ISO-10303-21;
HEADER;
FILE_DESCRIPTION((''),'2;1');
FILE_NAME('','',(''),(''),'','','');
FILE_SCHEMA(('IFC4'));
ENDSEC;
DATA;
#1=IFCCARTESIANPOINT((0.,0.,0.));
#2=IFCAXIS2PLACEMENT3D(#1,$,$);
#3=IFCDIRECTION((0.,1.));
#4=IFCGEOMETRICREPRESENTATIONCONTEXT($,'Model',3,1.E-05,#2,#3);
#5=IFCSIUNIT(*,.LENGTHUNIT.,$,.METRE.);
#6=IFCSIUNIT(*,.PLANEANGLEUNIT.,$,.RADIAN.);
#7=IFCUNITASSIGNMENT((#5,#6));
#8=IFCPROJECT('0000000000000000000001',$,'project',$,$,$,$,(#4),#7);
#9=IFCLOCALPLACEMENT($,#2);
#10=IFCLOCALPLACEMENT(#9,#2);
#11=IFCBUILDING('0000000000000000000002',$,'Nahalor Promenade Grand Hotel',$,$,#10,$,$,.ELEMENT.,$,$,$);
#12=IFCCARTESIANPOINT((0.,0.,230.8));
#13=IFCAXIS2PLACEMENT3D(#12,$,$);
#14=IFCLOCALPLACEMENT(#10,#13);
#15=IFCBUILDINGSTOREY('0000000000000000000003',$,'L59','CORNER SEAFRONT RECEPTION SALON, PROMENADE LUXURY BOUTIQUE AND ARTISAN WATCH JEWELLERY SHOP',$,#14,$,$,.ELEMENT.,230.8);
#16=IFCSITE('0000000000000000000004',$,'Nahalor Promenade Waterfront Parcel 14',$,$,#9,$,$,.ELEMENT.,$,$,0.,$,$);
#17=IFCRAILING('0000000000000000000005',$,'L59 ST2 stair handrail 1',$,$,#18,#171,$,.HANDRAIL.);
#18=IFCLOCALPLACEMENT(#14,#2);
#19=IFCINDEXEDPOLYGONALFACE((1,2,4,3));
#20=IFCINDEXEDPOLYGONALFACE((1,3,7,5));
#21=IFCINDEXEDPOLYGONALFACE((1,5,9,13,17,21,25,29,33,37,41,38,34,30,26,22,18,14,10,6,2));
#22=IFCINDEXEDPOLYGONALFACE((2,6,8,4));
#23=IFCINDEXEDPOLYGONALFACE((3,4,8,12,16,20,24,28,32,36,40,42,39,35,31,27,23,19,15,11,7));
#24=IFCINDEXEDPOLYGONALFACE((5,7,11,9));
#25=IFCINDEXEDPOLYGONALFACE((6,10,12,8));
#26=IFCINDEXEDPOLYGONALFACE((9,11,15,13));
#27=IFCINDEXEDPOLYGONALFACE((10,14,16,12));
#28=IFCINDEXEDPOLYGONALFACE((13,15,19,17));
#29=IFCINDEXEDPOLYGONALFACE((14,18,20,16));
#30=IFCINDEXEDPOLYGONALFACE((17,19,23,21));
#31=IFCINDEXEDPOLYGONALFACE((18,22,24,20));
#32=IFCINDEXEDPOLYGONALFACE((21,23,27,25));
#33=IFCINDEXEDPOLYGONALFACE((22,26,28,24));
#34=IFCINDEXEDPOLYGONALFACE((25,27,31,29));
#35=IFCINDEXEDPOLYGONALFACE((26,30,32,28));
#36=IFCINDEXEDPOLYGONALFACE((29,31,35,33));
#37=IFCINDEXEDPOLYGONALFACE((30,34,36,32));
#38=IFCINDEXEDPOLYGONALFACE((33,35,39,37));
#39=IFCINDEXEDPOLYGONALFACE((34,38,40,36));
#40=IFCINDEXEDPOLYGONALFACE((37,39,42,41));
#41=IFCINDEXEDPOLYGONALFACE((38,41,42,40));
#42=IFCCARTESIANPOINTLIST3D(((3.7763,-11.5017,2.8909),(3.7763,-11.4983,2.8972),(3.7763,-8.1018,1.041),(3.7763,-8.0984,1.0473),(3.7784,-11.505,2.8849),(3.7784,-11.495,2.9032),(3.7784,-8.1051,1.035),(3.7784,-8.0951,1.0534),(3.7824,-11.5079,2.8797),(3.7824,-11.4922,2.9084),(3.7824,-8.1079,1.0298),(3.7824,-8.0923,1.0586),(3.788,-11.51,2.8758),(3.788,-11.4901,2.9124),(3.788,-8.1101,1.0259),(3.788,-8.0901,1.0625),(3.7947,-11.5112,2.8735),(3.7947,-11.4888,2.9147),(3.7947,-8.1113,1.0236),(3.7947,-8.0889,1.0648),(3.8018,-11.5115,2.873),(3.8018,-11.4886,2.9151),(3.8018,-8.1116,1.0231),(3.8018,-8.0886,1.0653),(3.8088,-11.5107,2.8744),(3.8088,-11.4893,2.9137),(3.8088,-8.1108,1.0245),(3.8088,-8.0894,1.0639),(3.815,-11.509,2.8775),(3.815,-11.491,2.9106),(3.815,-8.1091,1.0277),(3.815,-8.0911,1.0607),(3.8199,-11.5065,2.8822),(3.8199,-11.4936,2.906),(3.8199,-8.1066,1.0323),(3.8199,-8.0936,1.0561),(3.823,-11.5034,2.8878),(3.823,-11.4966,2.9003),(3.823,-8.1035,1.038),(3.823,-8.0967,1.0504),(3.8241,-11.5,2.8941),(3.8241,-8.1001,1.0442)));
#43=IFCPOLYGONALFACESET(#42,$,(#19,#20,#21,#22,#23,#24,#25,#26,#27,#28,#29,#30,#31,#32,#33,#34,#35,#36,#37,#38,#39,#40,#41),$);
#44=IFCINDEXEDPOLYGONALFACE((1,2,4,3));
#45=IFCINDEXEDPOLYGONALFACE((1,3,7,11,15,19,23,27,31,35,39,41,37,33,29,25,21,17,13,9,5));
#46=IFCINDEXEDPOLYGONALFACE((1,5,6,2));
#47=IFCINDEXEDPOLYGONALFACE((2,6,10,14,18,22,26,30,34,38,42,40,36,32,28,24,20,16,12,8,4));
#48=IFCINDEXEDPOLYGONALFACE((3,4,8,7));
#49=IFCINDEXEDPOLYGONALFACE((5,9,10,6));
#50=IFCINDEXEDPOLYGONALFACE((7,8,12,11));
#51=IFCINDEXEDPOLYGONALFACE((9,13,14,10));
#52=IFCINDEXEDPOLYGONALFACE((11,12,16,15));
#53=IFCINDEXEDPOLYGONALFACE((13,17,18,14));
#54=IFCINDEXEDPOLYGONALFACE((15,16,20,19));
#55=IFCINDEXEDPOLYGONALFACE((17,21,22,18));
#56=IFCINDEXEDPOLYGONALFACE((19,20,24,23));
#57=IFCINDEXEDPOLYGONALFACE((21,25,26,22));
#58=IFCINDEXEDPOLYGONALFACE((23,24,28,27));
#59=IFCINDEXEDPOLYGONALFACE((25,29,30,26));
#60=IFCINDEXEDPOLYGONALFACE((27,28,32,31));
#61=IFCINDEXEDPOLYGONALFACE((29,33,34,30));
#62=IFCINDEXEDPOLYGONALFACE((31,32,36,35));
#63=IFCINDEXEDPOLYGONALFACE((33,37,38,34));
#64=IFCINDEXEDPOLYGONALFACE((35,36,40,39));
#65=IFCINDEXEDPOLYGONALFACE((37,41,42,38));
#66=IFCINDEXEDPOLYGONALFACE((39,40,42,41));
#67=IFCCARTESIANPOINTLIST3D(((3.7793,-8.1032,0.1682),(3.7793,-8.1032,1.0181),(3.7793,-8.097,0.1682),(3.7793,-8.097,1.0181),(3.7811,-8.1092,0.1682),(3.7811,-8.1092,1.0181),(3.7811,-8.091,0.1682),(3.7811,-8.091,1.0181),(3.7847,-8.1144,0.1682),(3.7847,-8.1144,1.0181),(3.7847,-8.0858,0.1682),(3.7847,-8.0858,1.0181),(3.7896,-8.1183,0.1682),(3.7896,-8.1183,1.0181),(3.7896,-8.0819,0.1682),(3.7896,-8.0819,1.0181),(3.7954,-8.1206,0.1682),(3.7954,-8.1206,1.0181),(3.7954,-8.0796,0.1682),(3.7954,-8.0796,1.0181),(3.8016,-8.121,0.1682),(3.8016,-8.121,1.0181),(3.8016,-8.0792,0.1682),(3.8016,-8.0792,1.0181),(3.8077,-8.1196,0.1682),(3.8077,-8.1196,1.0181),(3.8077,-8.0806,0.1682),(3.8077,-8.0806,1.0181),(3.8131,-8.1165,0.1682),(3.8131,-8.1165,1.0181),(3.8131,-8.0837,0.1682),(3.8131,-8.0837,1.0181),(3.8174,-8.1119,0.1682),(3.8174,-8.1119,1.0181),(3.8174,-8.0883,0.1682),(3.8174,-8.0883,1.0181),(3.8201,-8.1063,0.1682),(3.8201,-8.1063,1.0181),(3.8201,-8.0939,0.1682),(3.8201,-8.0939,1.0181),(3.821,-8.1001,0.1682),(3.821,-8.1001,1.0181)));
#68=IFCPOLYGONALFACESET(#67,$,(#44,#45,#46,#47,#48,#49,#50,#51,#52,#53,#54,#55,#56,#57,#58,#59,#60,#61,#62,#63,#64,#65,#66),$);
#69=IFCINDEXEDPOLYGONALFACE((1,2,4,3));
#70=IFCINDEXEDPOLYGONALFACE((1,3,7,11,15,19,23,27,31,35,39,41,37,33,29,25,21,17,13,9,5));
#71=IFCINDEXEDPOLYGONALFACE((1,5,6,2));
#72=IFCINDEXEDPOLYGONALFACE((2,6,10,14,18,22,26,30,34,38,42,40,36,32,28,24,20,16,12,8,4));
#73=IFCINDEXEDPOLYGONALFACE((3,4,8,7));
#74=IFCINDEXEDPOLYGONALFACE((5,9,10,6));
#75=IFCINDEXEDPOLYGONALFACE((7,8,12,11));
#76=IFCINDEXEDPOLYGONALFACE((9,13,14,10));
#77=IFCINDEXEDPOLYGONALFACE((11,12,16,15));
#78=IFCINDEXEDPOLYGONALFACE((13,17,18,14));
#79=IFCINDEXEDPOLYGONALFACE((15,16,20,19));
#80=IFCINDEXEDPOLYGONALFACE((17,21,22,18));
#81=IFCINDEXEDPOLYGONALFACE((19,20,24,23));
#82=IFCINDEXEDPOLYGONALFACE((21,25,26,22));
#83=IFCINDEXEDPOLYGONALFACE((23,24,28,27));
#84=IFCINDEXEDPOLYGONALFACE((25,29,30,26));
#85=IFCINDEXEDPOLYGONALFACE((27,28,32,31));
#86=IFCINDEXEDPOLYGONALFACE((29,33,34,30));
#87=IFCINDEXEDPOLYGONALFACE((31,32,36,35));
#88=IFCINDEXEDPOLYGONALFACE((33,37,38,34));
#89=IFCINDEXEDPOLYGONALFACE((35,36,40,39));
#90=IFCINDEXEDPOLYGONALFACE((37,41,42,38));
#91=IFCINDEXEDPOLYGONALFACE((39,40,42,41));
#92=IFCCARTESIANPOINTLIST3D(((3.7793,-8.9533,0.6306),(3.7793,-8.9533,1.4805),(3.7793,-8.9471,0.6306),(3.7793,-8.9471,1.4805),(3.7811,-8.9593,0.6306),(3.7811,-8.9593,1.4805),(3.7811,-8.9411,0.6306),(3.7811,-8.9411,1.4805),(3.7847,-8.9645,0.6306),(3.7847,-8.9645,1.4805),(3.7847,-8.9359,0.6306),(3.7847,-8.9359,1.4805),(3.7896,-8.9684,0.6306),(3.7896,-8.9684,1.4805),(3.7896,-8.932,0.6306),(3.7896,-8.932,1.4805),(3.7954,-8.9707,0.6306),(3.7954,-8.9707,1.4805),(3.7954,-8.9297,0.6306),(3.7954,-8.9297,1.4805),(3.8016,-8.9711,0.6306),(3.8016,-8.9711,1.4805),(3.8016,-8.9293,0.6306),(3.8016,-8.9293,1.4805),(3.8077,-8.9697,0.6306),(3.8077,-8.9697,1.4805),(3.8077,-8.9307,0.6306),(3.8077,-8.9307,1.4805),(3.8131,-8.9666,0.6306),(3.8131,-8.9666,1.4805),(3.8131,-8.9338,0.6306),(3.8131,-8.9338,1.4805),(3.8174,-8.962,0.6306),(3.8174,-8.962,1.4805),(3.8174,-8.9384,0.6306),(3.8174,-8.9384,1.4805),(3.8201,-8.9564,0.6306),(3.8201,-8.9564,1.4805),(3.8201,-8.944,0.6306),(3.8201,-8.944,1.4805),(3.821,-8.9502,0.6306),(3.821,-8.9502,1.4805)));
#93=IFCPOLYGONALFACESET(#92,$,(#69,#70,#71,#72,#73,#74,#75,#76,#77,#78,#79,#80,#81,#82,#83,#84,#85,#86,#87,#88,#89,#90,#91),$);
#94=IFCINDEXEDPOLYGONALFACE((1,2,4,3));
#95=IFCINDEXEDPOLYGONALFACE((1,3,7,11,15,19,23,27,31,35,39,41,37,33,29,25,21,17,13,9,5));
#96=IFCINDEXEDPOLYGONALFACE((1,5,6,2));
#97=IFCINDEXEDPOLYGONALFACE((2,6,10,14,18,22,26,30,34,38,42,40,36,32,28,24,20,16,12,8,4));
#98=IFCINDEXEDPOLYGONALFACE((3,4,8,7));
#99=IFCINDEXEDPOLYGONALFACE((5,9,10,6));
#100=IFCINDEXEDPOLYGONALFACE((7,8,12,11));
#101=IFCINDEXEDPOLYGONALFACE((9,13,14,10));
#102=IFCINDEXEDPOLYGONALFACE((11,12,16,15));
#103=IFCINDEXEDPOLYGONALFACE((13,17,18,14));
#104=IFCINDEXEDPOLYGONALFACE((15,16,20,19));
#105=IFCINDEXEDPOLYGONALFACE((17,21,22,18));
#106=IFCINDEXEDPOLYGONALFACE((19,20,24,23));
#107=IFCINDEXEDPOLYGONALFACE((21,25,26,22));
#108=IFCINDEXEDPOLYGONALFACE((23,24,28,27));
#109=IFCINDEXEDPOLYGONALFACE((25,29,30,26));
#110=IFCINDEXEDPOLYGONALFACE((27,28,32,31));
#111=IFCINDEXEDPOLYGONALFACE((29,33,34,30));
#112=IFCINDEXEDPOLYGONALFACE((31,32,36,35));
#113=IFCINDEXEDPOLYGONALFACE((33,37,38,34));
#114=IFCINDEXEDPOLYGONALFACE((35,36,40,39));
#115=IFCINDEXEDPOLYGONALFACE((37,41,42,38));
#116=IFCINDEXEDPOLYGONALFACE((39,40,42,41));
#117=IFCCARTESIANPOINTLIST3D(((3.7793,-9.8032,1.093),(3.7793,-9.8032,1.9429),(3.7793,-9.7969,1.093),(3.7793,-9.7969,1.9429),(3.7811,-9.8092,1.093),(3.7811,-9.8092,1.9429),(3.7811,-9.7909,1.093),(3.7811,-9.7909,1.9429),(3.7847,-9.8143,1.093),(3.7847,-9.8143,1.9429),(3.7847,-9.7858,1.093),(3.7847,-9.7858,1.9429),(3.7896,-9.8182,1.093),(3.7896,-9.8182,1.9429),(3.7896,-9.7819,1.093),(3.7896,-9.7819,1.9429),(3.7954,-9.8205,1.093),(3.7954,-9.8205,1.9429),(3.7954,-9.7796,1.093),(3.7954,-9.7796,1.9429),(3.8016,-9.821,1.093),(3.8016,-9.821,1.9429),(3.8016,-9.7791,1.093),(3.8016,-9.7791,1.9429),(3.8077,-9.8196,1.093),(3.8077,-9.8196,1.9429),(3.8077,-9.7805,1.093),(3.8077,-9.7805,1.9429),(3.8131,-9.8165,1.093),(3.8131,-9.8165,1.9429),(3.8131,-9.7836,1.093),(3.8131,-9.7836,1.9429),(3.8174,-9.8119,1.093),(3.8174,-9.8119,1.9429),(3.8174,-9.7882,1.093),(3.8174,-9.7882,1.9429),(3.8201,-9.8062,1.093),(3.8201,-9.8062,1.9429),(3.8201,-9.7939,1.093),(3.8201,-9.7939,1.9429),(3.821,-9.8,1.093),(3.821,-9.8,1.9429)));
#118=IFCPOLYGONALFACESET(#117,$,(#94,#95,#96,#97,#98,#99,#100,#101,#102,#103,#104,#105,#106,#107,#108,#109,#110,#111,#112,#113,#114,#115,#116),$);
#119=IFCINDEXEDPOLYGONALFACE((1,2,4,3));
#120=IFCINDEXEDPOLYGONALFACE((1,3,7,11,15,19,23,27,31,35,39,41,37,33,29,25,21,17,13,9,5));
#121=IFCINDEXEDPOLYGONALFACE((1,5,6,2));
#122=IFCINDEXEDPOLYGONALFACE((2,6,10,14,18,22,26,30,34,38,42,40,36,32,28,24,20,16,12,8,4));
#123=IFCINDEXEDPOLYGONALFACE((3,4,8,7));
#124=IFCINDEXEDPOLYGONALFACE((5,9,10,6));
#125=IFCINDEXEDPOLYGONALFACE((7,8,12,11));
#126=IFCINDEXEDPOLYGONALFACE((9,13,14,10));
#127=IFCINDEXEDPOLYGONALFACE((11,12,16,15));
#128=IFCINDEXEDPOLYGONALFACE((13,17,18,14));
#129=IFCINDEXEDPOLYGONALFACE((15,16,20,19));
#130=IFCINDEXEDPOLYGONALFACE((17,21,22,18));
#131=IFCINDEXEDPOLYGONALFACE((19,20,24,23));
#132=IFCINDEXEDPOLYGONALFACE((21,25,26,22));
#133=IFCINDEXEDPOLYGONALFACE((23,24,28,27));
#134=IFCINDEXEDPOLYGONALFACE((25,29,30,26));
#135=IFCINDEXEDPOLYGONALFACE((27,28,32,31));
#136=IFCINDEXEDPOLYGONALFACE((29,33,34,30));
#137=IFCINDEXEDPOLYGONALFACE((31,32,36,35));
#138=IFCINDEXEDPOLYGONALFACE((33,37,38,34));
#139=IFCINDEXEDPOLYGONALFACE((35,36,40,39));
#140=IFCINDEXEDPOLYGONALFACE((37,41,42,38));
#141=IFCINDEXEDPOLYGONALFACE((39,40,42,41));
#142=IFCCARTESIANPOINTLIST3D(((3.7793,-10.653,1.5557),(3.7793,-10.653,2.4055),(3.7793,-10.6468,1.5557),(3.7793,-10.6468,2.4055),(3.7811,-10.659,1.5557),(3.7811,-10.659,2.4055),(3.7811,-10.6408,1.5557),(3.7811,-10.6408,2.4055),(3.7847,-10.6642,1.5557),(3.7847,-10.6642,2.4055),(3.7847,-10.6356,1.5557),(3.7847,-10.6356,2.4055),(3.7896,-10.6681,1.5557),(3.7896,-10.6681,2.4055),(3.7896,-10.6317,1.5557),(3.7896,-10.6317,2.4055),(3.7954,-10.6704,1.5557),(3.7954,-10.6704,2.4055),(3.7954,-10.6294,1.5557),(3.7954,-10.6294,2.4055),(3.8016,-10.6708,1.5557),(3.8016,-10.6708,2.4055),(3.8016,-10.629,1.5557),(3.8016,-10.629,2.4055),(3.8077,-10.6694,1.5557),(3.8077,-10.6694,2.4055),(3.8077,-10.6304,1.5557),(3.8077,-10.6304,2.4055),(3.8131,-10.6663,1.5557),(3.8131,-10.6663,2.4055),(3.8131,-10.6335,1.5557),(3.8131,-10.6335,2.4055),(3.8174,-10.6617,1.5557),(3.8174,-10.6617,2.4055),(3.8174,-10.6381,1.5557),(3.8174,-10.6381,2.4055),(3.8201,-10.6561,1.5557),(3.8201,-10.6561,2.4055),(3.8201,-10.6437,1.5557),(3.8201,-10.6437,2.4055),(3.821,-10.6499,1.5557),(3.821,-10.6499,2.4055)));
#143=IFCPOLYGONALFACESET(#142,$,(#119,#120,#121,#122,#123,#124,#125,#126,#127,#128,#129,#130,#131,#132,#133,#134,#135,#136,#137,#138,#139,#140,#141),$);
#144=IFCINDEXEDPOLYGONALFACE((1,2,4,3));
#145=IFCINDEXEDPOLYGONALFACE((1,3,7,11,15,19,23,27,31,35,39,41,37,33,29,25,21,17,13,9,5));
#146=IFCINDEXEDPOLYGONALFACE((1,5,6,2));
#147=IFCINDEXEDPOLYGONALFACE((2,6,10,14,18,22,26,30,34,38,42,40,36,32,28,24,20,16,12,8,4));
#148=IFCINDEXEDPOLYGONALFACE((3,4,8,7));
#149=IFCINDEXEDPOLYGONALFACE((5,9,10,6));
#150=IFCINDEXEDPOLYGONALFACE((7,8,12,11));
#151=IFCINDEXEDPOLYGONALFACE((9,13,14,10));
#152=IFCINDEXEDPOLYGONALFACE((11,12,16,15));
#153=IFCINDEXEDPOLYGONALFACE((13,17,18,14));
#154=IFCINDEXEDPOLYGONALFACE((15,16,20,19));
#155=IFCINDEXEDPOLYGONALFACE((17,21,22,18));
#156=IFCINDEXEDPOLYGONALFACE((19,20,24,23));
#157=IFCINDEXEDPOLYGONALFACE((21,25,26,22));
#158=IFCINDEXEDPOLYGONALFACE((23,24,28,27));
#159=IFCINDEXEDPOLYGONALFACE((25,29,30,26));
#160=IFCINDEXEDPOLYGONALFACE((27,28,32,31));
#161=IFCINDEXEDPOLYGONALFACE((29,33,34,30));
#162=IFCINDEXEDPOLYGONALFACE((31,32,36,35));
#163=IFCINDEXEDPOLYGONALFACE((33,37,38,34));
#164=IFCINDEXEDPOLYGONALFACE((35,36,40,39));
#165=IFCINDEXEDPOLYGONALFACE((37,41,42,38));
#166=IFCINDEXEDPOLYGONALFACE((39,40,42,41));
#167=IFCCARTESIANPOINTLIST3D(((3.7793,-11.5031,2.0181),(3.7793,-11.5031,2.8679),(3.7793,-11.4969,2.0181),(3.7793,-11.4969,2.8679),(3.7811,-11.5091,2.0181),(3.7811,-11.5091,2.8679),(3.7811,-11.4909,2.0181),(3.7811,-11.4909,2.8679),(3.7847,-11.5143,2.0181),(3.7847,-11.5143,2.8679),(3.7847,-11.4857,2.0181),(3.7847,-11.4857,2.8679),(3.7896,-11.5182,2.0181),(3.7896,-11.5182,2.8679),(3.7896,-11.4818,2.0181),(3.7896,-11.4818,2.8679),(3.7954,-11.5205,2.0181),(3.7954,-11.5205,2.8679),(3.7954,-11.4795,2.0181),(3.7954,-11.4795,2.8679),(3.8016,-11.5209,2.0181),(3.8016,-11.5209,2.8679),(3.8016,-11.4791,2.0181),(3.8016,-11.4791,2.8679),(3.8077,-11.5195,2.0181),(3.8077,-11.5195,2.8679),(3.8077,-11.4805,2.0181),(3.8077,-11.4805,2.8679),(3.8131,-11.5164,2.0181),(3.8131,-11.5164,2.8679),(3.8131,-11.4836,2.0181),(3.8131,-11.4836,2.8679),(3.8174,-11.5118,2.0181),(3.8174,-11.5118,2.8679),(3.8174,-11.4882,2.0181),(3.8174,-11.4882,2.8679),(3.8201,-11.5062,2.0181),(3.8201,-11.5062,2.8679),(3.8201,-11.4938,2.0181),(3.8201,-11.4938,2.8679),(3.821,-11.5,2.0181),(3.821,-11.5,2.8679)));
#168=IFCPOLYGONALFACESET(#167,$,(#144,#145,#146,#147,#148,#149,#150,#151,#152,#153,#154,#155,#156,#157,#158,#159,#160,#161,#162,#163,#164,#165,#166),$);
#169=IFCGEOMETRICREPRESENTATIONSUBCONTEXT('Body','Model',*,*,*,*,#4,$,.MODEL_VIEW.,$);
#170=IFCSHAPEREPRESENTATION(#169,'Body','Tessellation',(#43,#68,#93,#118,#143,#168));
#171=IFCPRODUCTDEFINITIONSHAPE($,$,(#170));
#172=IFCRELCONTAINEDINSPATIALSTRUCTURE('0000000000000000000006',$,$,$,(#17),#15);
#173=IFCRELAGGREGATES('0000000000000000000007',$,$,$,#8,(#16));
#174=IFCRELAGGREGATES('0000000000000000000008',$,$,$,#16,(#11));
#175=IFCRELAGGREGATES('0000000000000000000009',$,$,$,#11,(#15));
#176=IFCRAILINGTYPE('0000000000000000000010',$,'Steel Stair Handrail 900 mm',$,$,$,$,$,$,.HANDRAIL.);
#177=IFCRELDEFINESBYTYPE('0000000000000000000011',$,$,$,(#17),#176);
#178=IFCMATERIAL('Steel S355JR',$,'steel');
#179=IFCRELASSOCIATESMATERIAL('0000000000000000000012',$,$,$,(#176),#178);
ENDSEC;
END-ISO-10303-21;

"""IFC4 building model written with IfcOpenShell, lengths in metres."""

from ifc_helpers import new_model, si_unit, direction, frame, origin, origin_2d, place, context, subcontext, project, spatial, circle, extrude, material, type_object, element, save


model = new_model("IFC4")

# Units and contexts
model_context = context("Model", 3, precision=1e-05, world=origin(), true_north=direction((0.0, 1.0)))
body_context = subcontext(model_context, "Body", "Model", "MODEL_VIEW")
ifc_project = project(units=[si_unit("LENGTHUNIT", "METRE"), si_unit("PLANEANGLEUNIT", "RADIAN")], contexts=[model_context])

# Site, building, storey
site_placement = place(None, origin())
site = spatial("IfcSite", under=ifc_project, at=site_placement, Name="Nahalor Promenade Waterfront Parcel 14", CompositionType="ELEMENT", RefElevation=0.0)
building_placement = place(site_placement, origin())
building = spatial("IfcBuilding", under=site, at=building_placement, Name="Nahalor Promenade Grand Hotel", CompositionType="ELEMENT")
storey_placement = place(building_placement, frame((0.0, 0.0, 230.8)))
storey = spatial("IfcBuildingStorey", under=building, at=storey_placement, Name="L59", Description="CORNER SEAFRONT RECEPTION SALON, PROMENADE LUXURY BOUTIQUE AND ARTISAN WATCH JEWELLERY SHOP", CompositionType="ELEMENT", Elevation=230.8)

# Shared definitions
ifc_material_1 = material(Name="Steel S355JR", Category="steel")

# Railing
railing_type_1 = type_object("IfcRailingType", Name="Steel Stair Handrail 900 mm", PredefinedType="HANDRAIL", material=ifc_material_1)
railing_1_placement = place(storey_placement, frame((3.8, -8.1001, 0.1682)))
element("IfcRailing", 1, at=railing_1_placement, inside=storey, type_object=railing_type_1, Name="L59 ST2 stair handrail 1", PredefinedType="HANDRAIL", context=body_context, shape_type="SweptSolid", body=[
    extrude(circle(Radius=0.024, at=origin_2d()), frame((0.0, 0.0, 0.876), z_axis=(0.0, -0.878399, 0.477928), x_axis=(1.0, 0.0, 0.0)), (0.0, 0.0, 1.0), 3.8706),
    extrude(circle(Radius=0.021, at=origin_2d()), origin(), (0.0, 0.0, 1.0), 0.8499),
    extrude(circle(Radius=0.021, at=origin_2d()), frame((0.0, -0.8501, 0.4624)), (0.0, 0.0, 1.0), 0.8499),
    extrude(circle(Radius=0.021, at=origin_2d()), frame((0.0, -1.7, 0.9248)), (0.0, 0.0, 1.0), 0.8499),
    extrude(circle(Radius=0.021, at=origin_2d()), frame((0.0, -2.5498, 1.3875)), (0.0, 0.0, 1.0), 0.8499),
    extrude(circle(Radius=0.021, at=origin_2d()), frame((0.0, -3.3999, 1.8499)), (0.0, 0.0, 1.0), 0.8499),
])

save(model, "model.ifc")
